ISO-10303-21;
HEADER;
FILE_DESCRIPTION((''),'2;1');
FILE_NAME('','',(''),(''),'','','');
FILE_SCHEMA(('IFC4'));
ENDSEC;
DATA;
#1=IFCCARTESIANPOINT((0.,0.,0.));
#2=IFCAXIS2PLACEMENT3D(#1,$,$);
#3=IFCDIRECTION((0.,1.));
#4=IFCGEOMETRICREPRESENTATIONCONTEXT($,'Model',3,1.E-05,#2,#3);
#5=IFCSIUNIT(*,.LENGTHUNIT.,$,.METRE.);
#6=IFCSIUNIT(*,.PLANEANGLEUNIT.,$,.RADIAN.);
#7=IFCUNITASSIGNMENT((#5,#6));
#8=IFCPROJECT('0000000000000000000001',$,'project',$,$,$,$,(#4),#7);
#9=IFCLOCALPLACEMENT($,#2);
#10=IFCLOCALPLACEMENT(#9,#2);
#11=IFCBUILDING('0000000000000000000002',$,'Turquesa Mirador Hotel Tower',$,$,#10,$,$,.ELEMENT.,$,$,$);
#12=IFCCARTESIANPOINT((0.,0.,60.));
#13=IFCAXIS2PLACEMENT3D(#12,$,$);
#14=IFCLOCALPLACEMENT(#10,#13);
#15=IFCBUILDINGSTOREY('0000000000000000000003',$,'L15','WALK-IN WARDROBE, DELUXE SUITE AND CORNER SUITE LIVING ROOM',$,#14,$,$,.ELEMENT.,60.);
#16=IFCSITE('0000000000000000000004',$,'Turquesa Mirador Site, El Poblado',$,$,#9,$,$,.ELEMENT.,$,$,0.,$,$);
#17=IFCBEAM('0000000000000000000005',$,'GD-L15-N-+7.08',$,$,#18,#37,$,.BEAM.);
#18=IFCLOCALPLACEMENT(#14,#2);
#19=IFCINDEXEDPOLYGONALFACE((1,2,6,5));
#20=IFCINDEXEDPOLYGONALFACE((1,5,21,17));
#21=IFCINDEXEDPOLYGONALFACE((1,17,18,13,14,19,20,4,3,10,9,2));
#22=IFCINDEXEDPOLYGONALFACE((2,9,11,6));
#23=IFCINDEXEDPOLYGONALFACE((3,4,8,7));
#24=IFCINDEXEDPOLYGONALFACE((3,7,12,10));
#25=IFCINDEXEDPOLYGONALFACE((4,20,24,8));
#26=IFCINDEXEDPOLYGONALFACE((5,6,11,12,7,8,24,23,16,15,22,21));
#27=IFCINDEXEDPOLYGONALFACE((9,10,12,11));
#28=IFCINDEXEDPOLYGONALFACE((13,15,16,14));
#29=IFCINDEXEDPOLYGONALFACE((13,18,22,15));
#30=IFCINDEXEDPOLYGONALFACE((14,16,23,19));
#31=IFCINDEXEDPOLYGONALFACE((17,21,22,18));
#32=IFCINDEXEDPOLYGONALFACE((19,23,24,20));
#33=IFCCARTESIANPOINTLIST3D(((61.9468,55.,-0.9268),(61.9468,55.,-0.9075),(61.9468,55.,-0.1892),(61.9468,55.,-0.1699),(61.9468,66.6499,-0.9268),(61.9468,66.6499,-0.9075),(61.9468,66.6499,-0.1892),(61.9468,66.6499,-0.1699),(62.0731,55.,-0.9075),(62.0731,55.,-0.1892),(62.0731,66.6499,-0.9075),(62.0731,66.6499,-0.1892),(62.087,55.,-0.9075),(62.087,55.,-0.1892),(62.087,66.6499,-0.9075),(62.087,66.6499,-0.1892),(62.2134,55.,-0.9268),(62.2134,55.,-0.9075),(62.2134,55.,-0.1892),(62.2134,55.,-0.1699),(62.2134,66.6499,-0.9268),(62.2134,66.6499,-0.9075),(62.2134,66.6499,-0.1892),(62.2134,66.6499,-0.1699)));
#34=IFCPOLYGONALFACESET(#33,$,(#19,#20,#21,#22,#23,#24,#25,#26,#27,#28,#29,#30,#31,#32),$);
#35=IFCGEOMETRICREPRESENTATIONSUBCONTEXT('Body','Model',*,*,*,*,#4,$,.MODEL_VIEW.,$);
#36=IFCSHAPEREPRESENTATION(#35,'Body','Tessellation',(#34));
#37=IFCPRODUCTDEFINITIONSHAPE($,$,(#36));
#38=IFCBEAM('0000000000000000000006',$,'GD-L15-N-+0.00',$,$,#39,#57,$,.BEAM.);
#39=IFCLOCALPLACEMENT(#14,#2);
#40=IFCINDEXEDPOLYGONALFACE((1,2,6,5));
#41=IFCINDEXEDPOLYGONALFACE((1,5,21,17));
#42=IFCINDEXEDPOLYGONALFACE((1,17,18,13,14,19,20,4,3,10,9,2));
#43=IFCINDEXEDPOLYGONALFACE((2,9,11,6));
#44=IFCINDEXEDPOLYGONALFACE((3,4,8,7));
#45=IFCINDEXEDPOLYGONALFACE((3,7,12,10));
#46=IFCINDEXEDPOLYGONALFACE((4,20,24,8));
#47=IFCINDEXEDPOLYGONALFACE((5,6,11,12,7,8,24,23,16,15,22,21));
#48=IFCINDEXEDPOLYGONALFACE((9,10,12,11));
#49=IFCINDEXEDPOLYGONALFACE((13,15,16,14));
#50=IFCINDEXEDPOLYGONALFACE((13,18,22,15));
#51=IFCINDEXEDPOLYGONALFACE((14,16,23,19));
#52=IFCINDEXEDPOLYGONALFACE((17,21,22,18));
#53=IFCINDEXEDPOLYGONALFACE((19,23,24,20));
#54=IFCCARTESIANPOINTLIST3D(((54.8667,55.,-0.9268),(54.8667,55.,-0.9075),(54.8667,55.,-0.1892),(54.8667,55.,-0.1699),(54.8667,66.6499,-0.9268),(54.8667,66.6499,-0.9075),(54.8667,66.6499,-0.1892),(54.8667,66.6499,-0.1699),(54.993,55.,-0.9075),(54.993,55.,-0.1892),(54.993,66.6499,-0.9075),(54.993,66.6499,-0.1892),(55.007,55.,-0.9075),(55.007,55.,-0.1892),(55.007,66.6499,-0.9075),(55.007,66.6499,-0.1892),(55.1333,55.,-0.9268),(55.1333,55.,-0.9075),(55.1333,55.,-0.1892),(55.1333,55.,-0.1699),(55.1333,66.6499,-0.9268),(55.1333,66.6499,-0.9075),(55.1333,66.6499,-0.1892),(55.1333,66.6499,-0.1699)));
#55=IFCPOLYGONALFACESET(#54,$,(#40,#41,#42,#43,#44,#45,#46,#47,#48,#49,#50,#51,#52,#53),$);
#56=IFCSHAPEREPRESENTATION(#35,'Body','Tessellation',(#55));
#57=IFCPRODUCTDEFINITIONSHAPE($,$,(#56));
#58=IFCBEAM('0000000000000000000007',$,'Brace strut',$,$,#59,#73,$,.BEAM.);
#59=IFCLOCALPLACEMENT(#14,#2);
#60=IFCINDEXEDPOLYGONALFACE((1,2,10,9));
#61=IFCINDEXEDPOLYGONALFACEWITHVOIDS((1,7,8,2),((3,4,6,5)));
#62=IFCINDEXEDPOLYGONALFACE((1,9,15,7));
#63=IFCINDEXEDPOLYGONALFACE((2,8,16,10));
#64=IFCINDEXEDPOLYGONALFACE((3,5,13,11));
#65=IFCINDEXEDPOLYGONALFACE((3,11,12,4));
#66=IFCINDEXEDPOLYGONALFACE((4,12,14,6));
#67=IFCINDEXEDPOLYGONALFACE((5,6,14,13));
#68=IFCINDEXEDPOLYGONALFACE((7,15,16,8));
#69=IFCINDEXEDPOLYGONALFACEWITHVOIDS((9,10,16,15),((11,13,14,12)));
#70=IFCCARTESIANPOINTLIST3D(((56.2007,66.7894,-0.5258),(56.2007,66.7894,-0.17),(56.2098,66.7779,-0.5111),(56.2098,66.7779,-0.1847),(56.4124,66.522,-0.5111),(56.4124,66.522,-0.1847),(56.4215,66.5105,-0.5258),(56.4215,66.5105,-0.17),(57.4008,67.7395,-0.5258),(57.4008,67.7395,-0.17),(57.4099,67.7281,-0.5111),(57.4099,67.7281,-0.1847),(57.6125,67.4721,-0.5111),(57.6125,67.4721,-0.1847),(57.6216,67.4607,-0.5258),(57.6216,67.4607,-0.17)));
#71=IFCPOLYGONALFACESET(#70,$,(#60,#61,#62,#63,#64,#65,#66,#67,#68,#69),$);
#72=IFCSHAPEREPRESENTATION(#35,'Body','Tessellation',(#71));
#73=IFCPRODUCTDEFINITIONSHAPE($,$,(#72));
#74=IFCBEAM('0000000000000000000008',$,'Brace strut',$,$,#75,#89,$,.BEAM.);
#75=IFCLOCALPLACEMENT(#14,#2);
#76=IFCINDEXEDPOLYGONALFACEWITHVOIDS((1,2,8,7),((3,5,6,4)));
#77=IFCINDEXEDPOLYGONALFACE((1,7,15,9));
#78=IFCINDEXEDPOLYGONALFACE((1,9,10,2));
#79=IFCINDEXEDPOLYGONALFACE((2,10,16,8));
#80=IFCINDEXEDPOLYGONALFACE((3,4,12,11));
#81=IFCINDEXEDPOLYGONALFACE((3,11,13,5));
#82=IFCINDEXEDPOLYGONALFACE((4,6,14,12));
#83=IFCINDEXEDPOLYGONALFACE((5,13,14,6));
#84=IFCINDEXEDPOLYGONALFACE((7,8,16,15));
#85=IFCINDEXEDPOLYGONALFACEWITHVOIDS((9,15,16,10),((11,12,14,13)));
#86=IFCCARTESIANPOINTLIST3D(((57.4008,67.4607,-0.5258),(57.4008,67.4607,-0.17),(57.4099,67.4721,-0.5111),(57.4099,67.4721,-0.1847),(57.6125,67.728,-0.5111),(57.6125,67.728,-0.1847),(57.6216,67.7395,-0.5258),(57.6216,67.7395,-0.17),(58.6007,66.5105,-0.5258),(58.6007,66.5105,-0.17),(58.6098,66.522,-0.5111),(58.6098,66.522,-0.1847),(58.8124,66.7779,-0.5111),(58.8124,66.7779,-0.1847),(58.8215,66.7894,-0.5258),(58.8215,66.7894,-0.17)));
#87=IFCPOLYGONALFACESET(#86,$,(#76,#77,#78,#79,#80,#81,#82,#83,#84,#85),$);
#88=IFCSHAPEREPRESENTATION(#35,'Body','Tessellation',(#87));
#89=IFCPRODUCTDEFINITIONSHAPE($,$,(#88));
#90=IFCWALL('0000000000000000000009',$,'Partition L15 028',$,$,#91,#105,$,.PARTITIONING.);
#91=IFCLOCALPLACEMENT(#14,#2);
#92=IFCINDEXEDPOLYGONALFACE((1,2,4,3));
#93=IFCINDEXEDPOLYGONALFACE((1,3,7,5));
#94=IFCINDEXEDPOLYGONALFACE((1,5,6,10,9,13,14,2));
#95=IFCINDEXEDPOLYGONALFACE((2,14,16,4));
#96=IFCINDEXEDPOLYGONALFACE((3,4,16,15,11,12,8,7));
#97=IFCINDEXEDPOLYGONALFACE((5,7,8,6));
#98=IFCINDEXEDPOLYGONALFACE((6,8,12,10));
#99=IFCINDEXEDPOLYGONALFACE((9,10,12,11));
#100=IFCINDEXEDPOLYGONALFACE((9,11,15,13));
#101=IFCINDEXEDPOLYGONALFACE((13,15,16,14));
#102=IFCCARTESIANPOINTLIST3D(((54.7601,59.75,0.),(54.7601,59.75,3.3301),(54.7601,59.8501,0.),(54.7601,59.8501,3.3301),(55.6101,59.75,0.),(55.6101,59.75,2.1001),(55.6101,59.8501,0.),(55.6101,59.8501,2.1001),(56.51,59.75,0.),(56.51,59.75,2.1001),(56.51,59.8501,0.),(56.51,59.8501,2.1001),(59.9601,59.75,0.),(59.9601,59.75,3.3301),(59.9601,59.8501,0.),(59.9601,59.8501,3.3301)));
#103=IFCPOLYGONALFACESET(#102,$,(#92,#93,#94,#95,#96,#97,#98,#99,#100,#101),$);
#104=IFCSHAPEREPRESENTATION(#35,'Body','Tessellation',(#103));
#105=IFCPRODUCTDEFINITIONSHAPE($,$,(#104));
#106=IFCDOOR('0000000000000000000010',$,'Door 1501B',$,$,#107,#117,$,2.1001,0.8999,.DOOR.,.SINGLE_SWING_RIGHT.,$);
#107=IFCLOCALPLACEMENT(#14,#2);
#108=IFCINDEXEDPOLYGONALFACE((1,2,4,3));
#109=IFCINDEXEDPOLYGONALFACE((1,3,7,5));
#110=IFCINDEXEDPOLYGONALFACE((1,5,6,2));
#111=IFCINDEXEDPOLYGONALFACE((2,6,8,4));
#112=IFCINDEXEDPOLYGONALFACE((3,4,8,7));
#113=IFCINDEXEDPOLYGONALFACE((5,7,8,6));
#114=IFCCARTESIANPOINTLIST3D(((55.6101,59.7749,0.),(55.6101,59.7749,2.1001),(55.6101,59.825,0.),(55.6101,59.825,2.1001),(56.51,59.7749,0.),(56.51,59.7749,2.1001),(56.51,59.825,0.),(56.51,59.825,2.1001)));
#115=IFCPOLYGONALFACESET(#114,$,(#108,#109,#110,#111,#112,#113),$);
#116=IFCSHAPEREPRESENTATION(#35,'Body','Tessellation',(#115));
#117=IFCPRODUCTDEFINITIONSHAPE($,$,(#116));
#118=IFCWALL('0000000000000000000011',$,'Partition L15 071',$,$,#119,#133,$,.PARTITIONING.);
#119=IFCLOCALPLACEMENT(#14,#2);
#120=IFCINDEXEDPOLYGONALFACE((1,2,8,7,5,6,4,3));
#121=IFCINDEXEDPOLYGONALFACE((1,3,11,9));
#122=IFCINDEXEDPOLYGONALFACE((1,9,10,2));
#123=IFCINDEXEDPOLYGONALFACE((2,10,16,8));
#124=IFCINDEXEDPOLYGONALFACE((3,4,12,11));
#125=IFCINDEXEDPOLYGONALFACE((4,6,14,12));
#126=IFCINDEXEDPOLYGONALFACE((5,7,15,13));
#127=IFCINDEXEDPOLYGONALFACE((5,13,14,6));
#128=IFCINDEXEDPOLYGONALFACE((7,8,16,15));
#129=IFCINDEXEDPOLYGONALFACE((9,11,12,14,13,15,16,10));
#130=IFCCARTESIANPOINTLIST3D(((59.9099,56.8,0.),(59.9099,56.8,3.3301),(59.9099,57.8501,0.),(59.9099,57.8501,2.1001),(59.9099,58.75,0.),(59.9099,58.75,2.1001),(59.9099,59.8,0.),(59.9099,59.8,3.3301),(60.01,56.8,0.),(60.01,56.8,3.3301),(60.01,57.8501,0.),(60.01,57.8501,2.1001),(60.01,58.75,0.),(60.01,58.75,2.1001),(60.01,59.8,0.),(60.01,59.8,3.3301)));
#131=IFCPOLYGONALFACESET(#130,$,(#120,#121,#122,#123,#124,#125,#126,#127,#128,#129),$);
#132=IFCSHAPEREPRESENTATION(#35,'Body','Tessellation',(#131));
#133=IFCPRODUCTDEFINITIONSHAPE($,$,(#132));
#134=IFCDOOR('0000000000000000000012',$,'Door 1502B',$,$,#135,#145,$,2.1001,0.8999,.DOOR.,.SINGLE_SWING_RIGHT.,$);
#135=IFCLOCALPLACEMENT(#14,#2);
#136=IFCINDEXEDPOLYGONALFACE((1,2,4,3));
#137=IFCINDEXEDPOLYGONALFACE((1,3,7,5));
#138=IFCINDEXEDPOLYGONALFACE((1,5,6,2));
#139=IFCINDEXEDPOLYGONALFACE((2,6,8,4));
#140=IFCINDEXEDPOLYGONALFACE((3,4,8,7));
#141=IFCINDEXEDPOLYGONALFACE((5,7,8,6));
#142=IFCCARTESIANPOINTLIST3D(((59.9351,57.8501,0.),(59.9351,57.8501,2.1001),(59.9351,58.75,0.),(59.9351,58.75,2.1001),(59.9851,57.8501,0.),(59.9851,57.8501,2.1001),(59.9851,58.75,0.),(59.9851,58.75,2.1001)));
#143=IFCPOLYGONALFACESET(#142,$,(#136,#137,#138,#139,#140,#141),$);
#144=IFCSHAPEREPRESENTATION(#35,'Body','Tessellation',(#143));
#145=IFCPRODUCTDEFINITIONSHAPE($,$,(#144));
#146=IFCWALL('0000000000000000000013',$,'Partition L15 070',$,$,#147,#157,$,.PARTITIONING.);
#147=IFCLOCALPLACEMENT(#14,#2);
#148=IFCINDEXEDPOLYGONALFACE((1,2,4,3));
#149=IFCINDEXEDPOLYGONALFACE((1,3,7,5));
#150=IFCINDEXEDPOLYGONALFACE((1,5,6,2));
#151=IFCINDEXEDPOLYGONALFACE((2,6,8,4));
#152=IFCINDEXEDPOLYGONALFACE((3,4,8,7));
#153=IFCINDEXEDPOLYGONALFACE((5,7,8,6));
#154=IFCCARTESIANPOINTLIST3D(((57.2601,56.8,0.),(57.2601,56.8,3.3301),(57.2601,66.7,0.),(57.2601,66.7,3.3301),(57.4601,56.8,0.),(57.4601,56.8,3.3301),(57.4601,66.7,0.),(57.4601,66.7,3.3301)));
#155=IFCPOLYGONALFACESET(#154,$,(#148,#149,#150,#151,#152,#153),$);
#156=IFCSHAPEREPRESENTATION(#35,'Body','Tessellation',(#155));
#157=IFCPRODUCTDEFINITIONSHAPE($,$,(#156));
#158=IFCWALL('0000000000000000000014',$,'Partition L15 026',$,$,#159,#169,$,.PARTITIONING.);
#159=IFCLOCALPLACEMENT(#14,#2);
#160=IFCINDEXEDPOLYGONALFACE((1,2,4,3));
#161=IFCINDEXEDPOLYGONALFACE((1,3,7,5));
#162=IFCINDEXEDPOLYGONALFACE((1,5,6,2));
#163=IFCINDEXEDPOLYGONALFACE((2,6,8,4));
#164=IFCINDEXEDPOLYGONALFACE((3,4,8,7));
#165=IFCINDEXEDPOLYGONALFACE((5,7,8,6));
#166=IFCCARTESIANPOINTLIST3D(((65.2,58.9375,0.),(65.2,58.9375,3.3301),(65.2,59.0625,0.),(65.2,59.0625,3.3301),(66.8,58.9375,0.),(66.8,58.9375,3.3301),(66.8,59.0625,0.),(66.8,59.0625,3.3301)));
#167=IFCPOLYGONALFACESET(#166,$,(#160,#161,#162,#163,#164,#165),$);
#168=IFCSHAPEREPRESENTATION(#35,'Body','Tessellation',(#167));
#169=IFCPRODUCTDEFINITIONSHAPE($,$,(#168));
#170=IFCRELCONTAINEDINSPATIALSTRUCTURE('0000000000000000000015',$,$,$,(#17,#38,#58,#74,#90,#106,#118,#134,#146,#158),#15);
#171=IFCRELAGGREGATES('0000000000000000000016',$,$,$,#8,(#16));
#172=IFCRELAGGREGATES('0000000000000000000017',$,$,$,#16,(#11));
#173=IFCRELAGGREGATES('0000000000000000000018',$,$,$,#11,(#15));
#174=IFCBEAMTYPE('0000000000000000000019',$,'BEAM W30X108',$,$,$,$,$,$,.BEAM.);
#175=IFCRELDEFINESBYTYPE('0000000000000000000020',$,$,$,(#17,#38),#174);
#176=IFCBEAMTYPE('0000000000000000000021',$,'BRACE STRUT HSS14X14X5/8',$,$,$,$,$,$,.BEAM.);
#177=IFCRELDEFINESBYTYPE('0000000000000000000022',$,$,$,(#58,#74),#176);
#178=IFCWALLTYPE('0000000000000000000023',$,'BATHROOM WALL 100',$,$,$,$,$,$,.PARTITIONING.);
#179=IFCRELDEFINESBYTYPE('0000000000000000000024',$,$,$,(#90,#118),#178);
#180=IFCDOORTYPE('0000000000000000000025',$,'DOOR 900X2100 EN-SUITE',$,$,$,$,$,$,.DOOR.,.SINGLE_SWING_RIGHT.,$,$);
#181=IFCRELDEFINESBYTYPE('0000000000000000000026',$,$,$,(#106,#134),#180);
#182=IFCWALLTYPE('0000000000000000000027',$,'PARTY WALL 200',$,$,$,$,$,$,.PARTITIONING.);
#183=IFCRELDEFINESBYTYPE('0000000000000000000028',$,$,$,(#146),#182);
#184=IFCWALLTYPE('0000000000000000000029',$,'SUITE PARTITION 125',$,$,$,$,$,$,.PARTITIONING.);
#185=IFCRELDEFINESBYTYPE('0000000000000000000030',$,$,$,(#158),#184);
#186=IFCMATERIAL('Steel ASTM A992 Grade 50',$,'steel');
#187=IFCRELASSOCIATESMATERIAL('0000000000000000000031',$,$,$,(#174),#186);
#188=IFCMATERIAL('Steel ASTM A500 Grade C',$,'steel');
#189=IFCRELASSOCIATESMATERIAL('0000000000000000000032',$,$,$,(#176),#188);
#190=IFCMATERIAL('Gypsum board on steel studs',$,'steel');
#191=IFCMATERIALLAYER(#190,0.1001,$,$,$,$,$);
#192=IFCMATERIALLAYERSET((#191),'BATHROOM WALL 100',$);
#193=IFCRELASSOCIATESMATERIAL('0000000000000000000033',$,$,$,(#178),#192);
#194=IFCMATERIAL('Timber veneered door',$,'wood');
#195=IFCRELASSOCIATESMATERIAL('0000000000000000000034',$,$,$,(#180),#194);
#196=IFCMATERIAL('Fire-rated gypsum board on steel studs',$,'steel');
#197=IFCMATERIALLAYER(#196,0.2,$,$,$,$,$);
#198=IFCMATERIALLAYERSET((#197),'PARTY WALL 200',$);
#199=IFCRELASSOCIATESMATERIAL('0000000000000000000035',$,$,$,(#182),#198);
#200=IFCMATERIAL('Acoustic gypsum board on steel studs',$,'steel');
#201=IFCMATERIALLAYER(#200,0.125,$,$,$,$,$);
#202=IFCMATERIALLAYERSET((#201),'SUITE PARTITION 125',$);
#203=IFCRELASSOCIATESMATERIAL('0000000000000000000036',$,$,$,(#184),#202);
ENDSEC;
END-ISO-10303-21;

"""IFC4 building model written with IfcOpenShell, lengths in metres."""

from ifc_helpers import new_model, si_unit, direction, frame, frame_2d, origin, origin_2d, place, context, subcontext, project, spatial, rectangle, hollow_rectangle, i_section, extrude, material, layer, layer_set, material_profile, profile_set, type_object, element, fill, save


model = new_model("IFC4")

# Units and contexts
model_context = context("Model", 3, precision=1e-05, world=origin(), true_north=direction((0.0, 1.0)))
body_context = subcontext(model_context, "Body", "Model", "MODEL_VIEW")
ifc_project = project(units=[si_unit("LENGTHUNIT", "METRE"), si_unit("PLANEANGLEUNIT", "RADIAN")], contexts=[model_context])

# Site, building, storey
site_placement = place(None, origin())
site = spatial("IfcSite", under=ifc_project, at=site_placement, Name="Turquesa Mirador Site, El Poblado", CompositionType="ELEMENT", RefElevation=0.0)
building_placement = place(site_placement, origin())
building = spatial("IfcBuilding", under=site, at=building_placement, Name="Turquesa Mirador Hotel Tower", CompositionType="ELEMENT")
storey_placement = place(building_placement, frame((0.0, 0.0, 60.0)))
storey = spatial("IfcBuildingStorey", under=building, at=storey_placement, Name="L15", Description="WALK-IN WARDROBE, DELUXE SUITE AND CORNER SUITE LIVING ROOM", CompositionType="ELEMENT", Elevation=60.0)

# Beams
ifc_material_1 = material(Name="Steel ASTM A992 Grade 50", Category="steel")
ifc_material_profile_1 = material_profile(ifc_material_1, i_section(OverallWidth=0.2666, OverallDepth=0.7568, WebThickness=0.0139, FlangeThickness=0.0193, at=origin_2d()), Name="W30X108")
ifc_profile_set_1 = profile_set([ifc_material_profile_1], Name="Steel ASTM A992 Grade 50")
beam_type_1 = type_object("IfcBeamType", Name="BEAM W30X108", PredefinedType="BEAM", material=ifc_profile_set_1)
for number, where, z_axis, x_axis, name in (
    (1, (62.0801, 66.6499, -0.5483), (0.0, -1.0, 0.0), (1.0, 0.0, 0.0), "GD-L15-N-+7.08"),
    (2, (55.0, 66.6499, -0.5483), (0.0, -1.0, 0.0), (1.0, 0.0, 0.0), "GD-L15-N-+0.00"),
):
    element("IfcBeam", number, at=place(storey_placement, frame(where, z_axis=z_axis, x_axis=x_axis)), inside=storey, type_object=beam_type_1, Name=name, PredefinedType="BEAM", context=body_context, shape_type="SweptSolid", body=[
        extrude(i_section(OverallWidth=0.2666, OverallDepth=0.7568, WebThickness=0.0139, FlangeThickness=0.0193, at=origin_2d()), origin(), (0.0, 0.0, 1.0), 11.6499),
    ])
ifc_material_2 = material(Name="Steel ASTM A500 Grade C", Category="steel")
ifc_material_profile_2 = material_profile(ifc_material_2, hollow_rectangle(XDim=0.3557, YDim=0.3557, WallThickness=0.0146, at=origin_2d()), Name="HSS14X14X5/8")
ifc_profile_set_2 = profile_set([ifc_material_profile_2], Name="Steel ASTM A500 Grade C")
beam_type_2 = type_object("IfcBeamType", Name="BRACE STRUT HSS14X14X5/8", PredefinedType="BEAM", material=ifc_profile_set_2)
beam_1_placement = place(storey_placement, frame((57.5112, 67.6001, -0.3479), z_axis=(-0.784033, -0.620719, 0.0), x_axis=(0.620719, -0.784033, 0.0)))
element("IfcBeam", 3, at=beam_1_placement, inside=storey, type_object=beam_type_2, Name="Brace strut", PredefinedType="BEAM", context=body_context, shape_type="SweptSolid", body=[
    extrude(hollow_rectangle(XDim=0.3557, YDim=0.3557, WallThickness=0.0146, at=origin_2d()), origin(), (0.0, 0.0, 1.0), 1.5308),
])
beam_2_placement = place(storey_placement, frame((57.5112, 67.6001, -0.3479), z_axis=(0.783971, -0.620797, 0.0), x_axis=(0.620797, 0.783971, 0.0)))
element("IfcBeam", 4, at=beam_2_placement, inside=storey, type_object=beam_type_2, Name="Brace strut", PredefinedType="BEAM", context=body_context, shape_type="SweptSolid", body=[
    extrude(hollow_rectangle(XDim=0.3557, YDim=0.3557, WallThickness=0.0146, at=origin_2d()), origin(), (0.0, 0.0, 1.0), 1.5305),
])

# Walls, openings, doors
ifc_material_3 = material(Name="Gypsum board on steel studs", Category="steel")
ifc_layer_1 = layer(ifc_material_3, 0.1001)
ifc_layer_set_1 = layer_set([ifc_layer_1], Name="BATHROOM WALL 100")
wall_type_1 = type_object("IfcWallType", Name="BATHROOM WALL 100", PredefinedType="PARTITIONING", material=ifc_layer_set_1)
wall_1_placement = place(storey_placement, frame((54.76, 59.8, 0.0), z_axis=(0.0, 0.0, 1.0), x_axis=(1.0, 0.0, 0.0)))
wall_1 = element("IfcWall", 5, at=wall_1_placement, inside=storey, type_object=wall_type_1, Name="Partition L15 028", PredefinedType="PARTITIONING", context=body_context, shape_type="SweptSolid", body=[
    extrude(rectangle(XDim=5.2, YDim=0.1001, at=frame_2d((2.6001, 0.0))), origin(), (0.0, 0.0, 1.0), 3.3301),
])
opening_1_placement = place(wall_1_placement, frame((0.8501, 0.0, 0.0)))
opening_1 = element("IfcOpeningElement", 6, at=opening_1_placement, cuts=wall_1, PredefinedType="OPENING", context=body_context, shape_type="SweptSolid", body=[
    extrude(rectangle(XDim=0.8999, YDim=2.1001, at=frame_2d((0.45, 1.05))), frame((0.0, 0.0601, 0.0), z_axis=(0.0, -1.0, 0.0), x_axis=(1.0, 0.0, 0.0)), (0.0, 0.0, 1.0), 0.1201),
])
ifc_material_4 = material(Name="Timber veneered door", Category="wood")
door_type_1 = type_object("IfcDoorType", Name="DOOR 900X2100 EN-SUITE", OperationType="SINGLE_SWING_RIGHT", PredefinedType="DOOR", material=ifc_material_4)
door_1_placement = place(opening_1_placement, origin())
door_1 = element("IfcDoor", 7, at=door_1_placement, inside=storey, type_object=door_type_1, Name="Door 1501B", OperationType="SINGLE_SWING_RIGHT", OverallHeight=2.1001, OverallWidth=0.8999, PredefinedType="DOOR", context=body_context, shape_type="SweptSolid", body=[
    extrude(rectangle(XDim=0.8999, YDim=2.1001, at=frame_2d((0.45, 1.05))), frame((0.0, 0.0249, 0.0), z_axis=(0.0, -1.0, 0.0), x_axis=(1.0, 0.0, 0.0)), (0.0, 0.0, 1.0), 0.05),
])
fill(opening_1, door_1)
wall_2_placement = place(storey_placement, frame((59.96, 56.8, 0.0), z_axis=(0.0, 0.0, 1.0), x_axis=(0.0, 1.0, 0.0)))
wall_2 = element("IfcWall", 8, at=wall_2_placement, inside=storey, type_object=wall_type_1, Name="Partition L15 071", PredefinedType="PARTITIONING", context=body_context, shape_type="SweptSolid", body=[
    extrude(rectangle(XDim=3.0, YDim=0.1001, at=frame_2d((1.5, 0.0))), origin(), (0.0, 0.0, 1.0), 3.3301),
])
opening_2_placement = place(wall_2_placement, frame((1.05, 0.0, 0.0)))
opening_2 = element("IfcOpeningElement", 9, at=opening_2_placement, cuts=wall_2, PredefinedType="OPENING", context=body_context, shape_type="SweptSolid", body=[
    extrude(rectangle(XDim=0.8999, YDim=2.1001, at=frame_2d((0.45, 1.05))), frame((0.0, 0.0601, 0.0), z_axis=(0.0, -1.0, 0.0), x_axis=(1.0, 0.0, 0.0)), (0.0, 0.0, 1.0), 0.1201),
])
door_2_placement = place(opening_2_placement, origin())
door_2 = element("IfcDoor", 10, at=door_2_placement, inside=storey, type_object=door_type_1, Name="Door 1502B", OperationType="SINGLE_SWING_RIGHT", OverallHeight=2.1001, OverallWidth=0.8999, PredefinedType="DOOR", context=body_context, shape_type="SweptSolid", body=[
    extrude(rectangle(XDim=0.8999, YDim=2.1001, at=frame_2d((0.45, 1.05))), frame((0.0, 0.0249, 0.0), z_axis=(0.0, -1.0, 0.0), x_axis=(1.0, 0.0, 0.0)), (0.0, 0.0, 1.0), 0.05),
])
fill(opening_2, door_2)

# Walls
ifc_material_5 = material(Name="Fire-rated gypsum board on steel studs", Category="steel")
ifc_layer_2 = layer(ifc_material_5, 0.2)
ifc_layer_set_2 = layer_set([ifc_layer_2], Name="PARTY WALL 200")
wall_type_2 = type_object("IfcWallType", Name="PARTY WALL 200", PredefinedType="PARTITIONING", material=ifc_layer_set_2)
wall_3_placement = place(storey_placement, frame((57.3601, 56.8, 0.0), z_axis=(0.0, 0.0, 1.0), x_axis=(0.0, 1.0, 0.0)))
element("IfcWall", 11, at=wall_3_placement, inside=storey, type_object=wall_type_2, Name="Partition L15 070", PredefinedType="PARTITIONING", context=body_context, shape_type="SweptSolid", body=[
    extrude(rectangle(XDim=9.8999, YDim=0.2, at=frame_2d((4.95, 0.0))), origin(), (0.0, 0.0, 1.0), 3.3301),
])
ifc_material_6 = material(Name="Acoustic gypsum board on steel studs", Category="steel")
ifc_layer_3 = layer(ifc_material_6, 0.125)
ifc_layer_set_3 = layer_set([ifc_layer_3], Name="SUITE PARTITION 125")
wall_type_3 = type_object("IfcWallType", Name="SUITE PARTITION 125", PredefinedType="PARTITIONING", material=ifc_layer_set_3)
wall_4_placement = place(storey_placement, frame((65.2, 59.0, 0.0), z_axis=(0.0, 0.0, 1.0), x_axis=(1.0, 0.0, 0.0)))
element("IfcWall", 12, at=wall_4_placement, inside=storey, type_object=wall_type_3, Name="Partition L15 026", PredefinedType="PARTITIONING", context=body_context, shape_type="SweptSolid", body=[
    extrude(rectangle(XDim=1.6001, YDim=0.125, at=frame_2d((0.8, 0.0))), origin(), (0.0, 0.0, 1.0), 3.3301),
])

save(model, "model.ifc")
